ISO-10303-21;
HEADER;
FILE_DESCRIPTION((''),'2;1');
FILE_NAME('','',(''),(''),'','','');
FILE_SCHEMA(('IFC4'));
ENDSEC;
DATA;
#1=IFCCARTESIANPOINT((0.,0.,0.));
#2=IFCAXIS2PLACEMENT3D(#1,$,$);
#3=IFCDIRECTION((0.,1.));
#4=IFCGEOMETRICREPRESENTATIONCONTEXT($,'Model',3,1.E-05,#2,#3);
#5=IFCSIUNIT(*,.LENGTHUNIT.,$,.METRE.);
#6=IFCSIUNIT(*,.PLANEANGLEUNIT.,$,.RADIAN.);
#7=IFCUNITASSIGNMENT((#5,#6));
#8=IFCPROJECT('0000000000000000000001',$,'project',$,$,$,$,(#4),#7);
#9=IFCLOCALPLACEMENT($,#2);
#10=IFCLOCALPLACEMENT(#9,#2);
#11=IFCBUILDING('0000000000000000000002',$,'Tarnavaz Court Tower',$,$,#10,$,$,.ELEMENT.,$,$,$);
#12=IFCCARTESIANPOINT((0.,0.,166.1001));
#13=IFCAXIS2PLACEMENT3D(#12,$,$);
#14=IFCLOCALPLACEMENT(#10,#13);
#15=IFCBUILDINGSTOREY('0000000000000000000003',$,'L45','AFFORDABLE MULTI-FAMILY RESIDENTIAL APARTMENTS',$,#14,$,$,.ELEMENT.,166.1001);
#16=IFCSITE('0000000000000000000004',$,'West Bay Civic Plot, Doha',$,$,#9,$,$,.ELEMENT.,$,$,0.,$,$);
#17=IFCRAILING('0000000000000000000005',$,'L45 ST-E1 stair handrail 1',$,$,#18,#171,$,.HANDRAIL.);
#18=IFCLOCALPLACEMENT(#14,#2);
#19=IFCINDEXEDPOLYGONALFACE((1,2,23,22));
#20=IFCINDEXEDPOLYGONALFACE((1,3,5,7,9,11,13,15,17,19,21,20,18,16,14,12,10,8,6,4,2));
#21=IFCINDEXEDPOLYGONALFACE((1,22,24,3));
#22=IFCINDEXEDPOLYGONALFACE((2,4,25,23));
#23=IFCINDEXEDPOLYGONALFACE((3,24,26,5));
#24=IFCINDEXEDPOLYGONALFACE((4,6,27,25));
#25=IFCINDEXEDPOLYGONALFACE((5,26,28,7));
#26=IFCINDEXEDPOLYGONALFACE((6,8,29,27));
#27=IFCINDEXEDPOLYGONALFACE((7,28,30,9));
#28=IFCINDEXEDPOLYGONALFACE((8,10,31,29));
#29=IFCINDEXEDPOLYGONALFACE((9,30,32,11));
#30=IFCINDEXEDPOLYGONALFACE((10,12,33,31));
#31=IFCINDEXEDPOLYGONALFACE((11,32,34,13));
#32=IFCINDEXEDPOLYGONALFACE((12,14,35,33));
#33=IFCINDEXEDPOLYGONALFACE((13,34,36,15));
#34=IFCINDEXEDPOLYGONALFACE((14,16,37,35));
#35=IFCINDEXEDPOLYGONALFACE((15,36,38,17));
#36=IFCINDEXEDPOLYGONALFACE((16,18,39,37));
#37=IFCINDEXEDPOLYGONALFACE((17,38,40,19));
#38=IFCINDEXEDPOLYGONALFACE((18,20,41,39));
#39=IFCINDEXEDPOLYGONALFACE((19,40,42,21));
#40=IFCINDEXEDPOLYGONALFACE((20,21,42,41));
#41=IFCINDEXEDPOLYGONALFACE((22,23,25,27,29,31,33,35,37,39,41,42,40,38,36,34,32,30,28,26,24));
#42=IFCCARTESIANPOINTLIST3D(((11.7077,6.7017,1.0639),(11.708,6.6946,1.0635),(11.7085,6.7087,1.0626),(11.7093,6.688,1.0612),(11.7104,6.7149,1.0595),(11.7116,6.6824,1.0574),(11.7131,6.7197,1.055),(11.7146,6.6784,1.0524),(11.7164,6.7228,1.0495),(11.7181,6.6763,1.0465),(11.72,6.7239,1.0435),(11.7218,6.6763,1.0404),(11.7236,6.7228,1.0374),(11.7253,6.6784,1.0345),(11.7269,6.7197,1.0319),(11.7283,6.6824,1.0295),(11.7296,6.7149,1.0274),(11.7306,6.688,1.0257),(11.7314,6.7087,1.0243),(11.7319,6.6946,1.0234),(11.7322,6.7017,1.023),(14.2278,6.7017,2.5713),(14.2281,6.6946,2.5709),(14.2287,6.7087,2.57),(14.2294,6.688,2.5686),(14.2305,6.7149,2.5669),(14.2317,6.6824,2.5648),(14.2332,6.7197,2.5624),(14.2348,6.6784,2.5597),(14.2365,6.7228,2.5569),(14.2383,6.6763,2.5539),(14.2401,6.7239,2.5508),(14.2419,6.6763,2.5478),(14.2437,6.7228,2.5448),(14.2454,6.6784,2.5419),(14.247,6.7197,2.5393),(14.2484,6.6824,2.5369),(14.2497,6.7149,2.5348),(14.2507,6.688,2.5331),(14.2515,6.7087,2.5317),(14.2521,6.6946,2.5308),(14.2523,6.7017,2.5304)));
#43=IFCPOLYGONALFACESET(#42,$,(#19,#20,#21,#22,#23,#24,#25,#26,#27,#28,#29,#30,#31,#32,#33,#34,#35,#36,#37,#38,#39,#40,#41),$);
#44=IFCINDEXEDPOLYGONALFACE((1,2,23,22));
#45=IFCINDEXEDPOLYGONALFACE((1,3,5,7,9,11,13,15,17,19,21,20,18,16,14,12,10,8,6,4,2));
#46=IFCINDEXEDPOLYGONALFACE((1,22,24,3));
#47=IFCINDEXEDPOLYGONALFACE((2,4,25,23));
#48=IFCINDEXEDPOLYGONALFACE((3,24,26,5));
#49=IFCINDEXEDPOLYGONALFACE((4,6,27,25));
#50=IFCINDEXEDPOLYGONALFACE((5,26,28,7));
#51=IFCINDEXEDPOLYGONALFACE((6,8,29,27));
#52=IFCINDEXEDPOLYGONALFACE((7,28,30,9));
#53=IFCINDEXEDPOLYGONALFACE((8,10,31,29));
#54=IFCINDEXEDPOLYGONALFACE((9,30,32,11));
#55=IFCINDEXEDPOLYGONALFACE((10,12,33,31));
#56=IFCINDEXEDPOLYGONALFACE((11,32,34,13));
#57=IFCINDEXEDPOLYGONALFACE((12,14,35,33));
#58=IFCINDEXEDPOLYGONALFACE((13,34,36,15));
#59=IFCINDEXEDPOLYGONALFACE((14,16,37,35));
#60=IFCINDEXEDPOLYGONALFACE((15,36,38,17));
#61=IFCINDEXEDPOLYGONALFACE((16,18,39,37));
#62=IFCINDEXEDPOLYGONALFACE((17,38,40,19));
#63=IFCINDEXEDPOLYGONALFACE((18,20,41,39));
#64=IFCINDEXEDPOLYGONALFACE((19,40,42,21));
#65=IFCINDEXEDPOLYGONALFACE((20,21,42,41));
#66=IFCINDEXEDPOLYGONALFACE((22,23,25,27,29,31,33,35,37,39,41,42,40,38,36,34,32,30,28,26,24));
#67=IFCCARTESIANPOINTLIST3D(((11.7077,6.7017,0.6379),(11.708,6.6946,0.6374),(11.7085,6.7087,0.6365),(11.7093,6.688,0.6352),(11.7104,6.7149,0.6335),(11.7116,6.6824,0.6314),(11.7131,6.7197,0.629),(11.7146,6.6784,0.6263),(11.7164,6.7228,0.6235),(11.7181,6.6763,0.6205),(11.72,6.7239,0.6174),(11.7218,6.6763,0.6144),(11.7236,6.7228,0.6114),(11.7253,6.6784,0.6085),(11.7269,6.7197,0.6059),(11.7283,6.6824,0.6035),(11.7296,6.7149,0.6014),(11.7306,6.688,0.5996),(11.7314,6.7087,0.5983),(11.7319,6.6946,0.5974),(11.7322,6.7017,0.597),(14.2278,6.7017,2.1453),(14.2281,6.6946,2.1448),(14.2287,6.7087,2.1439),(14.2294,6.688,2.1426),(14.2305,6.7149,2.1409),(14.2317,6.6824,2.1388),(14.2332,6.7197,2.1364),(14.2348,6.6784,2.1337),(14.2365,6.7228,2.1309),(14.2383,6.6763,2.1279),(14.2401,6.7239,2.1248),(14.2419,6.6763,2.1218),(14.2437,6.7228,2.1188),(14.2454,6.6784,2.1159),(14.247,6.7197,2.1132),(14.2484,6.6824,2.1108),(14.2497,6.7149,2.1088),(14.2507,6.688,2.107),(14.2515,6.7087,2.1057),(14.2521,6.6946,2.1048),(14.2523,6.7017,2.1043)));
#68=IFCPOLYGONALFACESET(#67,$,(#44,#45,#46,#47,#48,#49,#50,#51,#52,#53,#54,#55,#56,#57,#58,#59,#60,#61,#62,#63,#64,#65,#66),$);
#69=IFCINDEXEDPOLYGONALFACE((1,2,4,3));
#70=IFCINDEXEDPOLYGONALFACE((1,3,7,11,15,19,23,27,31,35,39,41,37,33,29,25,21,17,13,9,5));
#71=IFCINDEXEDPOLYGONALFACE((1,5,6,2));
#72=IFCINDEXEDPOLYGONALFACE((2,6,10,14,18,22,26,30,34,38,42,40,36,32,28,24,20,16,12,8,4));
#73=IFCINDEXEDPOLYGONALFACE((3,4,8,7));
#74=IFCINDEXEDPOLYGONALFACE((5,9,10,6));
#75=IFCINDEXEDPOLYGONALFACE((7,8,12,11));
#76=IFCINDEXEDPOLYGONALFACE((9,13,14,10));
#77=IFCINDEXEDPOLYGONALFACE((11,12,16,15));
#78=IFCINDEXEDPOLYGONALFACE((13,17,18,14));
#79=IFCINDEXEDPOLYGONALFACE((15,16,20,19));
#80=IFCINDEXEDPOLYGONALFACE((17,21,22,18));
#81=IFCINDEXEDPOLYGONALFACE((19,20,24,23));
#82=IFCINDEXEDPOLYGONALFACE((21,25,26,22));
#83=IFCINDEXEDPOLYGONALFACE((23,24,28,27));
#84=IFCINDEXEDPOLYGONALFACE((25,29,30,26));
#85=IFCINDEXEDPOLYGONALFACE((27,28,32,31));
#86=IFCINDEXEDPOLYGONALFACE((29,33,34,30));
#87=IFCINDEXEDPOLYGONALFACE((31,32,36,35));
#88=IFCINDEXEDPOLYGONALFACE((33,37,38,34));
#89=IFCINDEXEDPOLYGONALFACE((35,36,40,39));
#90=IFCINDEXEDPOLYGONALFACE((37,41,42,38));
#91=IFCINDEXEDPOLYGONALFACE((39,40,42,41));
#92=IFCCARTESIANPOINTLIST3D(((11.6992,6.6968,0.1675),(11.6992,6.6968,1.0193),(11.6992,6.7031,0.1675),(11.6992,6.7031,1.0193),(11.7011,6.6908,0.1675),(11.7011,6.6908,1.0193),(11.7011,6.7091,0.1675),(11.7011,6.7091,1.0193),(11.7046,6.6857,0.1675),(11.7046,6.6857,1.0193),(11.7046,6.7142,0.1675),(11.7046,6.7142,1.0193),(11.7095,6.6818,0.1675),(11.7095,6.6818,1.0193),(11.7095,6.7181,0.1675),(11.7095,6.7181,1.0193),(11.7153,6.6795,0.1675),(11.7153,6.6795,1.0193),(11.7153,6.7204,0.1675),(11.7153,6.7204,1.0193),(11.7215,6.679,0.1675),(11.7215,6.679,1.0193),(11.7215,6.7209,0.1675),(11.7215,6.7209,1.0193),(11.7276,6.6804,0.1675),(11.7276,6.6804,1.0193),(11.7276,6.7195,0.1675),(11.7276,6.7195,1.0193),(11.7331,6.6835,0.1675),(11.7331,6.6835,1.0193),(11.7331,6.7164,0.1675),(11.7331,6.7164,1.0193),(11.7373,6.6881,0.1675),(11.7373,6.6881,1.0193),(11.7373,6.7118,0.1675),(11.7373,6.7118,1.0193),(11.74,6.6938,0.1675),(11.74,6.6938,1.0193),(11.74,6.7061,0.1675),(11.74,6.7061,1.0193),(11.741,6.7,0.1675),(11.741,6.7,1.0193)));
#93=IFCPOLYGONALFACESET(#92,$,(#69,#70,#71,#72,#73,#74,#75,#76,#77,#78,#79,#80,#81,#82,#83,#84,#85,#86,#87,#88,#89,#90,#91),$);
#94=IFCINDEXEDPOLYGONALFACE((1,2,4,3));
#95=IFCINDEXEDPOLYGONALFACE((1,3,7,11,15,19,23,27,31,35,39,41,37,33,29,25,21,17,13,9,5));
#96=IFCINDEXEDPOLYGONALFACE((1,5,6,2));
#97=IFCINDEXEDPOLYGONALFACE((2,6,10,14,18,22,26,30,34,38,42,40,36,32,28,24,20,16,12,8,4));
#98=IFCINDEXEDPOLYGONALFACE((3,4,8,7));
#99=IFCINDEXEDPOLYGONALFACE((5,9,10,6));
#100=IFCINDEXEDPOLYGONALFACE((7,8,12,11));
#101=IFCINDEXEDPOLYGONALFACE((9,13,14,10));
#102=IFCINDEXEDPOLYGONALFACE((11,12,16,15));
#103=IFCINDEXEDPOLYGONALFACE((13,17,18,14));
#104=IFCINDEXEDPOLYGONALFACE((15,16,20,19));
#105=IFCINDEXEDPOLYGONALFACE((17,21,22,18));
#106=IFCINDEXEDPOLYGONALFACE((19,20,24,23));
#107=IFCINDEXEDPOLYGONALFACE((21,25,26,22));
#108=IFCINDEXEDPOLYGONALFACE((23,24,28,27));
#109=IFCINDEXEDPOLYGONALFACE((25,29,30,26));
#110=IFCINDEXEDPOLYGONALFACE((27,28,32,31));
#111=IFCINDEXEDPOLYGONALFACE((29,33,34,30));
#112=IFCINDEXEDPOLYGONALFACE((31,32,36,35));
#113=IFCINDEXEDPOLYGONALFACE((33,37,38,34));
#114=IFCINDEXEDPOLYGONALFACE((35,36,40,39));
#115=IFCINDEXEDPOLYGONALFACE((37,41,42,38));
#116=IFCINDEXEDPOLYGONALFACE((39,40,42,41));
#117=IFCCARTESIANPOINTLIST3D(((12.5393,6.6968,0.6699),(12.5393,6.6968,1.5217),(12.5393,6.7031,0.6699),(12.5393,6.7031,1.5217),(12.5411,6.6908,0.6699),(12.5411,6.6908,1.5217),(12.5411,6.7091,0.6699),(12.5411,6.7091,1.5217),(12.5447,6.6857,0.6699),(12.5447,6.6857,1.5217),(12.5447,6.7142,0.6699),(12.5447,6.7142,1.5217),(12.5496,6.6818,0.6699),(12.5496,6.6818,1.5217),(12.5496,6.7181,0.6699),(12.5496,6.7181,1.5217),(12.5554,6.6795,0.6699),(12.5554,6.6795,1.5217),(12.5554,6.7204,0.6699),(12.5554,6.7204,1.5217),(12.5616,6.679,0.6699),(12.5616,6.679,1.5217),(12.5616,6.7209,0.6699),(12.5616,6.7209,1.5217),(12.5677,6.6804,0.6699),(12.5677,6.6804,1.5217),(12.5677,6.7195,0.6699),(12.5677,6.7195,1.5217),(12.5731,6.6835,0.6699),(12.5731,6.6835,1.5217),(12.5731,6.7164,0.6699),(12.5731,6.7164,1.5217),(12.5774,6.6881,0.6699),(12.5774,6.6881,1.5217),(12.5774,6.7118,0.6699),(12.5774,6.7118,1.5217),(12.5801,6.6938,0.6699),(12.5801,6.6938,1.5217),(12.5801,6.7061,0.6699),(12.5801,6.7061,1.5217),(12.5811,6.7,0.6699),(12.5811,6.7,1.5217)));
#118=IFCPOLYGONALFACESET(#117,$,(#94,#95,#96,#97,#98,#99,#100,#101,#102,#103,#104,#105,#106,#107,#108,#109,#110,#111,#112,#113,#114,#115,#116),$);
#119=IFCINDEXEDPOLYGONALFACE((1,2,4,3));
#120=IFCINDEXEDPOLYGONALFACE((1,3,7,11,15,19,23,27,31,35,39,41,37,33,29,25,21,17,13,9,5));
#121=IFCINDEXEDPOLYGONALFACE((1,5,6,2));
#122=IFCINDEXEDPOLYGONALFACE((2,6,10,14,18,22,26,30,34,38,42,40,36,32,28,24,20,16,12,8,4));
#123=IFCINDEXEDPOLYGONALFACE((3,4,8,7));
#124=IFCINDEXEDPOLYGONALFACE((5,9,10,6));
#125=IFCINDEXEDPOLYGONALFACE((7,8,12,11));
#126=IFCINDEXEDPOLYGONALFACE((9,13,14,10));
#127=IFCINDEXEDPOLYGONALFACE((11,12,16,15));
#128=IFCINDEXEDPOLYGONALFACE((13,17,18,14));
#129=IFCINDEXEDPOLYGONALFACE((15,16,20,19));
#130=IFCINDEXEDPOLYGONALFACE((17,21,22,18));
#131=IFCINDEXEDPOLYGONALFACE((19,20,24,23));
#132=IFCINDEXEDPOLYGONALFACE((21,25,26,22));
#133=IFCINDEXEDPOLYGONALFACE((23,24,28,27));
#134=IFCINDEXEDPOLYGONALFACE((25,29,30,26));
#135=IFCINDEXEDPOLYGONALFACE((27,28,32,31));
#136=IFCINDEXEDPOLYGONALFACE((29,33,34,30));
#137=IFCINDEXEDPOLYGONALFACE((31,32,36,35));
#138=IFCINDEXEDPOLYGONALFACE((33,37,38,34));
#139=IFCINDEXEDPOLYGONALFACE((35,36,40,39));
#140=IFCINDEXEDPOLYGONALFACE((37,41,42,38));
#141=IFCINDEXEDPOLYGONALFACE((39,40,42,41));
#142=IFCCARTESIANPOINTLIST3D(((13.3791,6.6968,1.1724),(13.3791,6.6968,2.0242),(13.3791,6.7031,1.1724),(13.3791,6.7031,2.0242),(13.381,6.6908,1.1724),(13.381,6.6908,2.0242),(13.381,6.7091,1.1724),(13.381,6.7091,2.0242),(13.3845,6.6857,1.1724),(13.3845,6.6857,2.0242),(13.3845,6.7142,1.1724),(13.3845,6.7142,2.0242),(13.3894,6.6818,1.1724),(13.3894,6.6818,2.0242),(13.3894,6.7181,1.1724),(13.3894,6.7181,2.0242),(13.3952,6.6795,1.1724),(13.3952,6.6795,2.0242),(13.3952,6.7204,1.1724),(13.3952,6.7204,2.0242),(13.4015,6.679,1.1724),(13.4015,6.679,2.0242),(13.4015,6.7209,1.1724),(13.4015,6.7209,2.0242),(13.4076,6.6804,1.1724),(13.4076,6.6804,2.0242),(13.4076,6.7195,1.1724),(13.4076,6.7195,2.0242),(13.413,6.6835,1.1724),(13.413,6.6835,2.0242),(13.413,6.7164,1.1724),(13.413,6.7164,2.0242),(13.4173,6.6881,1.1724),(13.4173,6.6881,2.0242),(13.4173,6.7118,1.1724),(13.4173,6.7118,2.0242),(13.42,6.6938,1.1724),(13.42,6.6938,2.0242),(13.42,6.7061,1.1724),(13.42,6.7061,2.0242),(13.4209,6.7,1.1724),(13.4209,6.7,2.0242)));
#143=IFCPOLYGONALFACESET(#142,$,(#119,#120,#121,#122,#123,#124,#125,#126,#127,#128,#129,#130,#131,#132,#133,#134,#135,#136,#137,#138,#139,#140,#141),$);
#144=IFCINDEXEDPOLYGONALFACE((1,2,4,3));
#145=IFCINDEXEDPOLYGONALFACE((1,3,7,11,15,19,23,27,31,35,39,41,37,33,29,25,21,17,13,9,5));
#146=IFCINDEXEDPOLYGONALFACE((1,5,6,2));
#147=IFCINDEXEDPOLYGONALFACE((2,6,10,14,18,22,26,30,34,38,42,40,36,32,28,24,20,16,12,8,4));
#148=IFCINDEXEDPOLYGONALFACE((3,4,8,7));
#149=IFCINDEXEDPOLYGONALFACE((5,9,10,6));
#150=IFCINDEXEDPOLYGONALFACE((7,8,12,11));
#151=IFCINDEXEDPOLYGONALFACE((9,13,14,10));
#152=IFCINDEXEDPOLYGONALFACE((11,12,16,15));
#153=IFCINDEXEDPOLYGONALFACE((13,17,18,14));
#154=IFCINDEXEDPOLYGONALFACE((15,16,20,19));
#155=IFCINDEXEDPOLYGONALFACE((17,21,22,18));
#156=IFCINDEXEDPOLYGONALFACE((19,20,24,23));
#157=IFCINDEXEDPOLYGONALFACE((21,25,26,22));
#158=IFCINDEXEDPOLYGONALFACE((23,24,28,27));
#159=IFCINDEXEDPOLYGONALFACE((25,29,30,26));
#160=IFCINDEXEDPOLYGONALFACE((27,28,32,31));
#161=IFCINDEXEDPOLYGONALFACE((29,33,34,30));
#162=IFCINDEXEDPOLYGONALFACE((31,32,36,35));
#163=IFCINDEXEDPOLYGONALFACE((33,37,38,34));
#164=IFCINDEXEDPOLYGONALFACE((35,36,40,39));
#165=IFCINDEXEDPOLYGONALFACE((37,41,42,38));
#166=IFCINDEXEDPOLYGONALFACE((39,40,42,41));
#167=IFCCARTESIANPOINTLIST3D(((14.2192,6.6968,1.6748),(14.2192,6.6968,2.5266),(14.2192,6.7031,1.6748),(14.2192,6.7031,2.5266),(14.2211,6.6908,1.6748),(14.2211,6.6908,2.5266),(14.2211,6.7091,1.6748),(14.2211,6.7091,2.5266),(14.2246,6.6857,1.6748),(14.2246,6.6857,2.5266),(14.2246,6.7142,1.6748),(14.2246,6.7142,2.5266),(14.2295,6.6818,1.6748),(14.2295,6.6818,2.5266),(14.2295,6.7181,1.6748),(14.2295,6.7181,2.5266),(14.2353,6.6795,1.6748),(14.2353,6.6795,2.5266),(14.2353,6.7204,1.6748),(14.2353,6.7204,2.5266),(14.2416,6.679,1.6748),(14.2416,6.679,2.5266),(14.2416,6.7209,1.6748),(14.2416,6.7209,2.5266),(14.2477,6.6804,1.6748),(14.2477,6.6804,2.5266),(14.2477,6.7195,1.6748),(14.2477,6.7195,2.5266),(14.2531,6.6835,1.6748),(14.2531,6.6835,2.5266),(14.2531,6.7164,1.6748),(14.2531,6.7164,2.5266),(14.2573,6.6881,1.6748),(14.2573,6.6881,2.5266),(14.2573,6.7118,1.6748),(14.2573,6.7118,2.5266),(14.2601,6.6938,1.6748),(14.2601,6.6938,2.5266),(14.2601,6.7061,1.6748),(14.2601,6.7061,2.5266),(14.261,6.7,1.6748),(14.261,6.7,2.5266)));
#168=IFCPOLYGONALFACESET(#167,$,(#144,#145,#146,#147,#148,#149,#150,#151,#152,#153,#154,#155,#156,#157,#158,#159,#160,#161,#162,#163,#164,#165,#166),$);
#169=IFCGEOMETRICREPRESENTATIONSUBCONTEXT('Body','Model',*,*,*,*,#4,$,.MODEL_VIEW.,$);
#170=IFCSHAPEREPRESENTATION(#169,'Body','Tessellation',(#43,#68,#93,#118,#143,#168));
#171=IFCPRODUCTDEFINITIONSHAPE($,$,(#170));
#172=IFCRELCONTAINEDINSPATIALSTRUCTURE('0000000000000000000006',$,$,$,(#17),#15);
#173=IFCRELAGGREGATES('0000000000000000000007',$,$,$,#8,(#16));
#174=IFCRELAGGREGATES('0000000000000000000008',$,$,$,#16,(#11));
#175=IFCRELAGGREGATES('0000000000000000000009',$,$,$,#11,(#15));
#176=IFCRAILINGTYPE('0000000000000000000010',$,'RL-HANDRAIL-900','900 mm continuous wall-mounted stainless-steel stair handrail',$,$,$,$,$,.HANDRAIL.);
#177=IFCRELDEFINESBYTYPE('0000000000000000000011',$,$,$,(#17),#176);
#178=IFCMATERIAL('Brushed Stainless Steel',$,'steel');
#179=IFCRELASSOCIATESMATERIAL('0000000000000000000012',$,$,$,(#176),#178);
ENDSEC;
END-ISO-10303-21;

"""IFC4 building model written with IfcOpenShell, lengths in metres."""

from ifc_helpers import new_model, si_unit, direction, frame, origin, origin_2d, place, context, subcontext, project, spatial, circle, extrude, material, type_object, element, save


model = new_model("IFC4")

# Units and contexts
model_context = context("Model", 3, precision=1e-05, world=origin(), true_north=direction((0.0, 1.0)))
body_context = subcontext(model_context, "Body", "Model", "MODEL_VIEW")
ifc_project = project(units=[si_unit("LENGTHUNIT", "METRE"), si_unit("PLANEANGLEUNIT", "RADIAN")], contexts=[model_context])

# Site, building, storey
site_placement = place(None, origin())
site = spatial("IfcSite", under=ifc_project, at=site_placement, Name="West Bay Civic Plot, Doha", CompositionType="ELEMENT", RefElevation=0.0)
building_placement = place(site_placement, origin())
building = spatial("IfcBuilding", under=site, at=building_placement, Name="Tarnavaz Court Tower", CompositionType="ELEMENT")
storey_placement = place(building_placement, frame((0.0, 0.0, 166.1001)))
storey = spatial("IfcBuildingStorey", under=building, at=storey_placement, Name="L45", Description="AFFORDABLE MULTI-FAMILY RESIDENTIAL APARTMENTS", CompositionType="ELEMENT", Elevation=166.1001)

# Railing
ifc_material_1 = material(Name="Brushed Stainless Steel", Category="steel")
railing_type_1 = type_object("IfcRailingType", Name="RL-HANDRAIL-900", Description="900 mm continuous wall-mounted stainless-steel stair handrail", PredefinedType="HANDRAIL", material=ifc_material_1)
railing_1_placement = place(storey_placement, frame((11.72, 6.7, 0.1675)))
element("IfcRailing", 1, at=railing_1_placement, inside=storey, type_object=railing_type_1, Name="L45 ST-E1 stair handrail 1", PredefinedType="HANDRAIL", context=body_context, shape_type="SweptSolid", body=[
    extrude(circle(Radius=0.0239, at=origin_2d()), frame((0.0, 0.0, 0.876), z_axis=(0.858196, 0.0, 0.513321), x_axis=(0.0, 1.0, 0.0)), (0.0, 0.0, 1.0), 2.9365),
    extrude(circle(Radius=0.0239, at=origin_2d()), frame((0.0, 0.0, 0.45), z_axis=(0.858196, 0.0, 0.513321), x_axis=(0.0, 1.0, 0.0)), (0.0, 0.0, 1.0), 2.9365),
    extrude(circle(Radius=0.021, at=origin_2d()), origin(), (0.0, 0.0, 1.0), 0.8518),
    extrude(circle(Radius=0.021, at=origin_2d()), frame((0.8401, 0.0, 0.5024)), (0.0, 0.0, 1.0), 0.8518),
    extrude(circle(Radius=0.021, at=origin_2d()), frame((1.6799, 0.0, 1.0049)), (0.0, 0.0, 1.0), 0.8518),
    extrude(circle(Radius=0.021, at=origin_2d()), frame((2.52, 0.0, 1.5073)), (0.0, 0.0, 1.0), 0.8518),
])

save(model, "model.ifc")
